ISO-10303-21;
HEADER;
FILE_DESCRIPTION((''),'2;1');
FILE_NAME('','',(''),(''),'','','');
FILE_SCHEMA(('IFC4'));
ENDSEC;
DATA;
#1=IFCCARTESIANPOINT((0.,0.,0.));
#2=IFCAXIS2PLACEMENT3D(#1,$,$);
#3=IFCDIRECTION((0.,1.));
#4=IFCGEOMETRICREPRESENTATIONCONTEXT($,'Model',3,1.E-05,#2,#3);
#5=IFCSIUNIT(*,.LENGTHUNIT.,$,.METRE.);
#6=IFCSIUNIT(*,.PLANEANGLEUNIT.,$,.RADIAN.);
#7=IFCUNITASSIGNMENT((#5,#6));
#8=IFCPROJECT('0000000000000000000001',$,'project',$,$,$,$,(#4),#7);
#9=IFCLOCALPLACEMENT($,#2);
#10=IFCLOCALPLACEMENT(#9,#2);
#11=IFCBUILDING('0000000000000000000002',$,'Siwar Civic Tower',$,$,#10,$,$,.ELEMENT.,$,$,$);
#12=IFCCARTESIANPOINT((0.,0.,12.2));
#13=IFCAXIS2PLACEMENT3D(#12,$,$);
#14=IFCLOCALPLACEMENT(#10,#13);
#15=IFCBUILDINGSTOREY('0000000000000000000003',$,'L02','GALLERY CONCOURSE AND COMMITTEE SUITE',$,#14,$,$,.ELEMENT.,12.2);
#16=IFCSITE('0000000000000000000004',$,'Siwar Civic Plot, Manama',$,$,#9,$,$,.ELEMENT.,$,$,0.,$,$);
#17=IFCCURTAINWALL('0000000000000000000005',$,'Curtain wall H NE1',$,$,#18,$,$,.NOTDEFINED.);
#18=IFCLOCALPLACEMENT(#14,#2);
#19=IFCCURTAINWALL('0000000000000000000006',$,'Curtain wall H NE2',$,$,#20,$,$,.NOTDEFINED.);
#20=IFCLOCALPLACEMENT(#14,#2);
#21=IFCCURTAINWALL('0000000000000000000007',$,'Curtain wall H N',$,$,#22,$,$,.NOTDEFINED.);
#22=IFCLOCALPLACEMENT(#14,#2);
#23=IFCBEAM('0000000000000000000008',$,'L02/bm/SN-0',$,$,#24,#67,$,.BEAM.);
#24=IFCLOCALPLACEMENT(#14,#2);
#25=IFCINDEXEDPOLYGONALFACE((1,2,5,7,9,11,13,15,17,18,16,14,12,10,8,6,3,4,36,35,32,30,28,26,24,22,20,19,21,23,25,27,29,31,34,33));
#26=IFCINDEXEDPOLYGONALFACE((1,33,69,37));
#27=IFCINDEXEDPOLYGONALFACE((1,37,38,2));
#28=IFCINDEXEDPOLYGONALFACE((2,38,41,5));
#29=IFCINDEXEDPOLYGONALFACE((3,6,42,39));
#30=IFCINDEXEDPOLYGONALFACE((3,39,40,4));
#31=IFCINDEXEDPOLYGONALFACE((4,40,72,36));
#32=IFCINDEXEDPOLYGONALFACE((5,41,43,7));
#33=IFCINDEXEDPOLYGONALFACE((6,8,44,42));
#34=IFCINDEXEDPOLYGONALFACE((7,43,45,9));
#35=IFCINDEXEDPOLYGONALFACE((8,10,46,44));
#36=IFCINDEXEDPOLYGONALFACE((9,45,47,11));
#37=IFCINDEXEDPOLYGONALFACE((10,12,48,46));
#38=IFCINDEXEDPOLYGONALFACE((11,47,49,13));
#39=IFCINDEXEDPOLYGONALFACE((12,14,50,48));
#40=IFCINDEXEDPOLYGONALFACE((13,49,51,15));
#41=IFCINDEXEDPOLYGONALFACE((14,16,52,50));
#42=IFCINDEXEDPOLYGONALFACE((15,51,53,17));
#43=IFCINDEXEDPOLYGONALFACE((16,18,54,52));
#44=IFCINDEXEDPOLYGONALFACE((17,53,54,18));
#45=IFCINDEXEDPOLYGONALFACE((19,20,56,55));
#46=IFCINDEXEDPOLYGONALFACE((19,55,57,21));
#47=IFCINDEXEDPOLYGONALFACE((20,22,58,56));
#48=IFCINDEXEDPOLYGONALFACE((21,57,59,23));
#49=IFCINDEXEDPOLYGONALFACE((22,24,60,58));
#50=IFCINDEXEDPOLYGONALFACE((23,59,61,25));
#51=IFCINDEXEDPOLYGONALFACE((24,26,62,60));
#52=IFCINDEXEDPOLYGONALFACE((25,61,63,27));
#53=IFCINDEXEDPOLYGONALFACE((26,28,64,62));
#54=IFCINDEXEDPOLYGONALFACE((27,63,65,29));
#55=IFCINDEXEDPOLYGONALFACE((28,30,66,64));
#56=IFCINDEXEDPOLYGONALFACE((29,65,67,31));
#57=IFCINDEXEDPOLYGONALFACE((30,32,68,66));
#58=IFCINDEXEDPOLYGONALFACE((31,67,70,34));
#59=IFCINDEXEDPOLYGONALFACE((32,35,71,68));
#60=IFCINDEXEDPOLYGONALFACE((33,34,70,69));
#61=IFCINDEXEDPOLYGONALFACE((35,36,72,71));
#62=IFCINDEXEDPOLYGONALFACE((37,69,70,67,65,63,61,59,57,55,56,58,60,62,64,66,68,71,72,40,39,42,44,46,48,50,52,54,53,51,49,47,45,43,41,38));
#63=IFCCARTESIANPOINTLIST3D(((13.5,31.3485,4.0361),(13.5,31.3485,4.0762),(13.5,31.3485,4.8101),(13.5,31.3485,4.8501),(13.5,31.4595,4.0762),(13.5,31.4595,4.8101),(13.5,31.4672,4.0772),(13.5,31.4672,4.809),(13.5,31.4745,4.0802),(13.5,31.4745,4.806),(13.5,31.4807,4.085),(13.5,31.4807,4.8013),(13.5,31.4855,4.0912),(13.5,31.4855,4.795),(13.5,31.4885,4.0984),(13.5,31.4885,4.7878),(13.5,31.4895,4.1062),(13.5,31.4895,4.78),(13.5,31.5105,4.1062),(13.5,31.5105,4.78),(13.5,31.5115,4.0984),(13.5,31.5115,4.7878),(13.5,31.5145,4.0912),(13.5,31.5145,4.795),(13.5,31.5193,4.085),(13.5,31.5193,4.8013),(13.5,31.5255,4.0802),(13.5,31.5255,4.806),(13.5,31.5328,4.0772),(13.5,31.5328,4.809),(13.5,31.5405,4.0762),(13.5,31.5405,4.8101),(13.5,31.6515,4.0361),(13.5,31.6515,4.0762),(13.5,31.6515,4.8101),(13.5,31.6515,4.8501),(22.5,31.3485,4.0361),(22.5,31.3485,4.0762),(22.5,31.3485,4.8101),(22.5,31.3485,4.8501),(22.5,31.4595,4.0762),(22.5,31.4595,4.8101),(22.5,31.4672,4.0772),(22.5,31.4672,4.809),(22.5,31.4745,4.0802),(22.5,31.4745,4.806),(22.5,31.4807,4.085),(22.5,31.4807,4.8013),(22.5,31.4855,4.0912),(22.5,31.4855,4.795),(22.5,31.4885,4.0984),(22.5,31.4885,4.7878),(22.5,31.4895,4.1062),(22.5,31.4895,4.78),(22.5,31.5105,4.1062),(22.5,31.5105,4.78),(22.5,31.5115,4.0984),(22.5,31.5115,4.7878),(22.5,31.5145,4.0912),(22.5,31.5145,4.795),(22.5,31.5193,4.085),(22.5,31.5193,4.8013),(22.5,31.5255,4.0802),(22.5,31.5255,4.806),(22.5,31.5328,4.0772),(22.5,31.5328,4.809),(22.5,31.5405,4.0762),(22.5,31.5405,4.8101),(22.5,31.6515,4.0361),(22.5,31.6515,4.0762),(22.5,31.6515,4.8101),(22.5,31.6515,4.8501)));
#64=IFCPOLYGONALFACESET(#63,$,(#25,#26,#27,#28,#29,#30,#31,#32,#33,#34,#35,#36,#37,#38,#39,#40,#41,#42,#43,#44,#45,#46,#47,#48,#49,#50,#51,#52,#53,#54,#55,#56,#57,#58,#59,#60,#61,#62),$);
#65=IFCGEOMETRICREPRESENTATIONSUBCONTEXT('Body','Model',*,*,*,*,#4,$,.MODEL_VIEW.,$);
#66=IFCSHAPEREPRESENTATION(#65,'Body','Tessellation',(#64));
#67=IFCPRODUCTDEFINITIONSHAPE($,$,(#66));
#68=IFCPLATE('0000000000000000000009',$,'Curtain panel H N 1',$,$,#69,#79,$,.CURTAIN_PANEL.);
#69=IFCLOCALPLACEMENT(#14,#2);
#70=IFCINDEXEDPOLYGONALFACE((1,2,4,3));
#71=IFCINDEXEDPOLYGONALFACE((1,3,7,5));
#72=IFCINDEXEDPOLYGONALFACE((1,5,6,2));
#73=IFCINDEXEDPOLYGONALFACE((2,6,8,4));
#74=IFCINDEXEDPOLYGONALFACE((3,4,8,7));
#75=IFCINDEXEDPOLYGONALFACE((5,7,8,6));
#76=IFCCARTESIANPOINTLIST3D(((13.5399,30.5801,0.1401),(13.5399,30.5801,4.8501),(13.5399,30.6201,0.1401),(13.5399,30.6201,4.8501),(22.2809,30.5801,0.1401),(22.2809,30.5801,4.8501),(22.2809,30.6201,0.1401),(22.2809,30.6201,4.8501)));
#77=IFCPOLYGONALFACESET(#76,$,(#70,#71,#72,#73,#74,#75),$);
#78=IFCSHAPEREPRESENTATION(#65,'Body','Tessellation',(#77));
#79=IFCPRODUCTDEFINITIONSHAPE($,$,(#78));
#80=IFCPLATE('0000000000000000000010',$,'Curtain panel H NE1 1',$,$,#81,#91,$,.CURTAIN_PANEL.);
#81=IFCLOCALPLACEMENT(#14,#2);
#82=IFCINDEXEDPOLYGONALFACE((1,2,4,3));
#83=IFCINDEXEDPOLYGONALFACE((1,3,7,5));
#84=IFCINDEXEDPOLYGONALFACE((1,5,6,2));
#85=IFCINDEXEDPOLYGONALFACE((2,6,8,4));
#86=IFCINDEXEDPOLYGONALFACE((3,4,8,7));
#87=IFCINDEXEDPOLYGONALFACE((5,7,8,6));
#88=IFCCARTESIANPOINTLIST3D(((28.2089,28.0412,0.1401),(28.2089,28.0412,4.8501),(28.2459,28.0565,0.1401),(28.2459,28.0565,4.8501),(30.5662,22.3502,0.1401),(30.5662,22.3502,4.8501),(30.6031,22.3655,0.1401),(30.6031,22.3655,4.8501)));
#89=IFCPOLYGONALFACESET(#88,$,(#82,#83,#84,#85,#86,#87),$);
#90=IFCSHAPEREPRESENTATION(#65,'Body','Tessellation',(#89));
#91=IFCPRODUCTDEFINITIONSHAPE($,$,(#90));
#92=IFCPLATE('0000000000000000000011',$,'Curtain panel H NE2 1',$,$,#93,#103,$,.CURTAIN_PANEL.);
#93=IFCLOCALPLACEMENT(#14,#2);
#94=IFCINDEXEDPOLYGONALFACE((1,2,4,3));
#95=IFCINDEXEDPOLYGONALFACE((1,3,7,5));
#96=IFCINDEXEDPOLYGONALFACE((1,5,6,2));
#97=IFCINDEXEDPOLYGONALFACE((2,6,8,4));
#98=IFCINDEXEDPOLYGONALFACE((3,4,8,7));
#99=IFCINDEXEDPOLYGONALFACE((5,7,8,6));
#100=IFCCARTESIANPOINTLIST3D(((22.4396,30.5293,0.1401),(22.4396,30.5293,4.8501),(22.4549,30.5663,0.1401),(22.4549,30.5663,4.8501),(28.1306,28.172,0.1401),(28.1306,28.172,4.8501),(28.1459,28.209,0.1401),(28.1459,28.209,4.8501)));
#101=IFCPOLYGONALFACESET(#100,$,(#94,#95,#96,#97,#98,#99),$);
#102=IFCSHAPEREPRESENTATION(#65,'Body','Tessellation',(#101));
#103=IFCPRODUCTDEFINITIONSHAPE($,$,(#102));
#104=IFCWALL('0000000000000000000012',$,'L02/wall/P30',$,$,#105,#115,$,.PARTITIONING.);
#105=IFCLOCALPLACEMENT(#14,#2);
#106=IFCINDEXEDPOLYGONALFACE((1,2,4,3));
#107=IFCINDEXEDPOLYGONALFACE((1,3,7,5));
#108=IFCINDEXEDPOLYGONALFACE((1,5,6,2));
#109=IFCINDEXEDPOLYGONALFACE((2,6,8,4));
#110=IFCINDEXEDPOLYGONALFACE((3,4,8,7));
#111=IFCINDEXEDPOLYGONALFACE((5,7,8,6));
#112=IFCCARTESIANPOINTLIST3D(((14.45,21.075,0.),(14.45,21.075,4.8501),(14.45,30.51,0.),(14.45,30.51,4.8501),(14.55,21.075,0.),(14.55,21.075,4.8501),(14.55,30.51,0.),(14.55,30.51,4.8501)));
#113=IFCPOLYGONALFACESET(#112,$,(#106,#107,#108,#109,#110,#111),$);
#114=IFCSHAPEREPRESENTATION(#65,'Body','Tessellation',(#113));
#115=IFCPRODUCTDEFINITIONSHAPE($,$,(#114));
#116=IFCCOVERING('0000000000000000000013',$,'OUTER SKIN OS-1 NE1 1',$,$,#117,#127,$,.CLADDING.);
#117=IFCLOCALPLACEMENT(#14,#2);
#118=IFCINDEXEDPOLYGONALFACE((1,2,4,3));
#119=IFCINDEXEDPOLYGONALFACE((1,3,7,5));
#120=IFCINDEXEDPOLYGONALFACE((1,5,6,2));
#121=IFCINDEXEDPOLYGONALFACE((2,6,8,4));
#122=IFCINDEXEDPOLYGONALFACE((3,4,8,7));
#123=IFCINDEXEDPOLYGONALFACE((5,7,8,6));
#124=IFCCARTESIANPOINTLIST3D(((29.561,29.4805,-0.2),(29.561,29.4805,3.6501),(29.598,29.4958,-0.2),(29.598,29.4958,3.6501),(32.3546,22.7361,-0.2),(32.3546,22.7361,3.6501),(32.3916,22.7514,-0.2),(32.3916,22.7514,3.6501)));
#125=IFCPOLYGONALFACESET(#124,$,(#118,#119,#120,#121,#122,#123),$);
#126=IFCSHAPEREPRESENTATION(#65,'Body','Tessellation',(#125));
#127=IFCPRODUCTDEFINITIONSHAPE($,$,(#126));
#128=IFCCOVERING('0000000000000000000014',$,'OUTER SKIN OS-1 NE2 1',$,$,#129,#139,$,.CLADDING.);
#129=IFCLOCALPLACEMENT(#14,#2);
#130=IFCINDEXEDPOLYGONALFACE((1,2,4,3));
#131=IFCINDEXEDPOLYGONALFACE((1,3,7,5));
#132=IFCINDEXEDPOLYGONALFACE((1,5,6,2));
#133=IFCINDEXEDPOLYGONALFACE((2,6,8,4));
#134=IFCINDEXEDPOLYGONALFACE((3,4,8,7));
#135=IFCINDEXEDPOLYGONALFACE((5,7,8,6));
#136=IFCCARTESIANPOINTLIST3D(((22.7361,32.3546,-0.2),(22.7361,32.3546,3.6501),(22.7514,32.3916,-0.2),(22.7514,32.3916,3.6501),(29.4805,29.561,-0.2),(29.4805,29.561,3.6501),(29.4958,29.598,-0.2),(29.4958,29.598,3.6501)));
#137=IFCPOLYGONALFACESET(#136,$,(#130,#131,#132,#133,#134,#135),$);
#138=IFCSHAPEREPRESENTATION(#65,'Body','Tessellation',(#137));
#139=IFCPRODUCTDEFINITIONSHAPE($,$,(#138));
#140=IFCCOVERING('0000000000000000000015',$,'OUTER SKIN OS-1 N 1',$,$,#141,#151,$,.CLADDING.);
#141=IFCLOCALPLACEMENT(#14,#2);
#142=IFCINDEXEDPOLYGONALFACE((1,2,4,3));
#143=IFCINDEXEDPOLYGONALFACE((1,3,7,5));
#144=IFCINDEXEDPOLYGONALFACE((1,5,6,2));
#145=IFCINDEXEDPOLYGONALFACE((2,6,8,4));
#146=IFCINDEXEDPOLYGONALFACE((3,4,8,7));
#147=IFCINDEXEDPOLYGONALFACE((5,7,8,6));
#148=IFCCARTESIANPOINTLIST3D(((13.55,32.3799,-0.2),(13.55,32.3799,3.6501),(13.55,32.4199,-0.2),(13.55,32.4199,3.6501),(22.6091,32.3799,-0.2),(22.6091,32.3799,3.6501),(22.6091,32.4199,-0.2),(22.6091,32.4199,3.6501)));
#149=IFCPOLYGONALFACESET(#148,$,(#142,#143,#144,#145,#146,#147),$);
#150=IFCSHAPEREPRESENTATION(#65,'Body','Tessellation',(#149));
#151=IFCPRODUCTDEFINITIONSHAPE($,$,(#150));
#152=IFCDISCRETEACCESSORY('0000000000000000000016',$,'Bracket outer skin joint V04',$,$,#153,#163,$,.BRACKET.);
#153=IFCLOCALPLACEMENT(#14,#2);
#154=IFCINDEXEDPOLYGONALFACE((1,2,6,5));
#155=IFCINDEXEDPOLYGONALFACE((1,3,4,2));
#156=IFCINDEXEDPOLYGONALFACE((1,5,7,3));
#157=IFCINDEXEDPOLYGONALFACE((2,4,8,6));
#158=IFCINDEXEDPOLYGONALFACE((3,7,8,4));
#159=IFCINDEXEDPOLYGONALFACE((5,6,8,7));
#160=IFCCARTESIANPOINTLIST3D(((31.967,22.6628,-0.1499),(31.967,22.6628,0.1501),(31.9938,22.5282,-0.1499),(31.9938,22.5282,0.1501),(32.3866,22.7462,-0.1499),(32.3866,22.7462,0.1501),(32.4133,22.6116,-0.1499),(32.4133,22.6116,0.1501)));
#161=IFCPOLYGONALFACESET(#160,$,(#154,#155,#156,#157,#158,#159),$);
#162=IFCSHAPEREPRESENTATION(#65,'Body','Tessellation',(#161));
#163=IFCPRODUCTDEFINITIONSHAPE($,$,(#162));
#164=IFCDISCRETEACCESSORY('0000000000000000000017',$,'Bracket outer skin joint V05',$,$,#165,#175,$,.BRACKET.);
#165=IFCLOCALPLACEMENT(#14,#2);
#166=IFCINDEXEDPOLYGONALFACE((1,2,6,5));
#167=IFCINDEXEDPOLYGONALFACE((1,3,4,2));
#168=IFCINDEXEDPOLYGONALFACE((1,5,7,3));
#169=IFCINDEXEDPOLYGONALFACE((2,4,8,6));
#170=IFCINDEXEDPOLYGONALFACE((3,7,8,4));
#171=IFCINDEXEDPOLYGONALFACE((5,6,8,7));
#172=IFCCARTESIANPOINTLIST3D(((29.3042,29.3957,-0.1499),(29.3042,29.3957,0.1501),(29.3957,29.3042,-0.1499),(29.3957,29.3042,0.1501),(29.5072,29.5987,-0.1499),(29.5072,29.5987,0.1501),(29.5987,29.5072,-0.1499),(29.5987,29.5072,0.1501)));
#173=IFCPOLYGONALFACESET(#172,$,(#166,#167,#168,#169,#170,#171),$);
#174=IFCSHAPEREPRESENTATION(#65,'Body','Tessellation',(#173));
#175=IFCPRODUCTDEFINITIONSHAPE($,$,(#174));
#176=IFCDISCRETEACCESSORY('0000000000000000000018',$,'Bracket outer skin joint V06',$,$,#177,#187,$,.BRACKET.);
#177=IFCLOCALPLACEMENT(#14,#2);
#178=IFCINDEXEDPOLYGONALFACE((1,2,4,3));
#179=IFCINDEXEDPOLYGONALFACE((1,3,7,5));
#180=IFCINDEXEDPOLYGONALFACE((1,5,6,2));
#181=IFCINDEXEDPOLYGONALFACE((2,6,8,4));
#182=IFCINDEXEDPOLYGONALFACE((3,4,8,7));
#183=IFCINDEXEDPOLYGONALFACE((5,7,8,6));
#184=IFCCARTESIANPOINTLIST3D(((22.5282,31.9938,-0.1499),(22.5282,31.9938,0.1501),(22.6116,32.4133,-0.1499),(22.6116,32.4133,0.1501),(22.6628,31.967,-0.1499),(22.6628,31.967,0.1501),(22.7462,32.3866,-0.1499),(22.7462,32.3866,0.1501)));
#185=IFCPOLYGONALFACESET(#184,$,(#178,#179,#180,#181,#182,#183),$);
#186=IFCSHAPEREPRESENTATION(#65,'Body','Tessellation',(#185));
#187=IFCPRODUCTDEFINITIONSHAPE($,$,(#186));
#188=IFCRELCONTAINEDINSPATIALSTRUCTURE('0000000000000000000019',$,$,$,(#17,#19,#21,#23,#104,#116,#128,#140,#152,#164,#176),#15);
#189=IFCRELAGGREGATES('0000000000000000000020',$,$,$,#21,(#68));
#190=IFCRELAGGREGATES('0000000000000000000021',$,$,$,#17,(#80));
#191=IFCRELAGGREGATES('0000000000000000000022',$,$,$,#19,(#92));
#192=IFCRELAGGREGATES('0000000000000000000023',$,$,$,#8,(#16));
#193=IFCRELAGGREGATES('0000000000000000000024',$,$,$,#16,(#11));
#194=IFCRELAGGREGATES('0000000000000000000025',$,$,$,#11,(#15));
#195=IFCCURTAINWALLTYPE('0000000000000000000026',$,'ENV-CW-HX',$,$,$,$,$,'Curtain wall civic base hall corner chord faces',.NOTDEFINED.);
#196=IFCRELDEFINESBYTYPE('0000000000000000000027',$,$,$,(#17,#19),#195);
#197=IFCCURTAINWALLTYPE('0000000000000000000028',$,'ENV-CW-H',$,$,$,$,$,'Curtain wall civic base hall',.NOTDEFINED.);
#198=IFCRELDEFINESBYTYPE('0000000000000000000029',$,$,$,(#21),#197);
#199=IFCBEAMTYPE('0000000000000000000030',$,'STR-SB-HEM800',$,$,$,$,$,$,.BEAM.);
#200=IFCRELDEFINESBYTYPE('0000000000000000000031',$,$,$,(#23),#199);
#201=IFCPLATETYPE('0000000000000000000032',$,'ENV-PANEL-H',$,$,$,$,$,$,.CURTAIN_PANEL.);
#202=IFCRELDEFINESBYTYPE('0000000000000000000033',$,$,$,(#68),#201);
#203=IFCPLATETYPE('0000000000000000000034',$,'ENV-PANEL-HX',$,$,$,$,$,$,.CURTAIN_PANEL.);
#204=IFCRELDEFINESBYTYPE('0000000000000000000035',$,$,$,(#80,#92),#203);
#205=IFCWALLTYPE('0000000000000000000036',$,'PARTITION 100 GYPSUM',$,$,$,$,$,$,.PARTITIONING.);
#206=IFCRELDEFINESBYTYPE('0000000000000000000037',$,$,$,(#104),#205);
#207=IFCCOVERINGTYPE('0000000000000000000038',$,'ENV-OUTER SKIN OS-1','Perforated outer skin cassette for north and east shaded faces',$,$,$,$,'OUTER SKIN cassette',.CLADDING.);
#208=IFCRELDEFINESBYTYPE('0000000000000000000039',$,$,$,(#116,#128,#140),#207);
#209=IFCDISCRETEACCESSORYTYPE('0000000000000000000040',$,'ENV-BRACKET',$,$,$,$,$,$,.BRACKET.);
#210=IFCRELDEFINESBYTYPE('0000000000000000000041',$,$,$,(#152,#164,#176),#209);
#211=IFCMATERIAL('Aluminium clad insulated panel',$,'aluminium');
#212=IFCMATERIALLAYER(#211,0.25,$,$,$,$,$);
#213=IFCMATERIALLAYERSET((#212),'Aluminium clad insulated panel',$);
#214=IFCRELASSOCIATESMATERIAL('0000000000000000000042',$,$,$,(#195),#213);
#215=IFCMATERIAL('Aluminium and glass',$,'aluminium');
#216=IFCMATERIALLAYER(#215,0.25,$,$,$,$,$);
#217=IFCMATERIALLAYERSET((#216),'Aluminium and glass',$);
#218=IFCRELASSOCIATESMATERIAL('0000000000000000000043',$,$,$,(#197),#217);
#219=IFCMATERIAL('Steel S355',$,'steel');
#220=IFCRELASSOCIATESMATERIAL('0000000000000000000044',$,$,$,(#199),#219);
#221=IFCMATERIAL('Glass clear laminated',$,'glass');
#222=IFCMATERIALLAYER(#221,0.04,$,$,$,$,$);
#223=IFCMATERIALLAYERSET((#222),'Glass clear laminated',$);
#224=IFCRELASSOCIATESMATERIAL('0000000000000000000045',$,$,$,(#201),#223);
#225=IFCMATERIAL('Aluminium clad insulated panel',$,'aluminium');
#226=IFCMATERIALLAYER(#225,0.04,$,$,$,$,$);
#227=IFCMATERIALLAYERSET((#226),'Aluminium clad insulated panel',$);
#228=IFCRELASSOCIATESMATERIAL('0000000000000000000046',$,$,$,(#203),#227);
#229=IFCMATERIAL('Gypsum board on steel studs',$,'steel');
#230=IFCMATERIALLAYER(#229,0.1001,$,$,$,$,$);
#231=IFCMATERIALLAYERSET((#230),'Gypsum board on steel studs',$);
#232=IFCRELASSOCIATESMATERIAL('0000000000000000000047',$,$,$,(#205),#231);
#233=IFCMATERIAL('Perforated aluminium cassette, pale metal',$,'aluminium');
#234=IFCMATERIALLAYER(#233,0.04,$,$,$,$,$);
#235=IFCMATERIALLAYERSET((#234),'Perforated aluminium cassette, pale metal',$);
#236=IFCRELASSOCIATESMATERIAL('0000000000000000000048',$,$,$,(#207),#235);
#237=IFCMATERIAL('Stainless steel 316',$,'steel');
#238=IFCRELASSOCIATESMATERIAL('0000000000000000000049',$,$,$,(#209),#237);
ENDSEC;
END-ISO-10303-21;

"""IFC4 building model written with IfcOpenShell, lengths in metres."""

from ifc_helpers import new_model, si_unit, direction, frame, frame_2d, origin, origin_2d, place, context, subcontext, project, spatial, rectangle, i_section, extrude, material, layer, layer_set, material_profile, profile_set, type_object, element, aggregate, save


model = new_model("IFC4")

# Units and contexts
model_context = context("Model", 3, precision=1e-05, world=origin(), true_north=direction((0.0, 1.0)))
body_context = subcontext(model_context, "Body", "Model", "MODEL_VIEW")
ifc_project = project(units=[si_unit("LENGTHUNIT", "METRE"), si_unit("PLANEANGLEUNIT", "RADIAN")], contexts=[model_context])

# Site, building, storey
site_placement = place(None, origin())
site = spatial("IfcSite", under=ifc_project, at=site_placement, Name="Siwar Civic Plot, Manama", CompositionType="ELEMENT", RefElevation=0.0)
building_placement = place(site_placement, origin())
building = spatial("IfcBuilding", under=site, at=building_placement, Name="Siwar Civic Tower", CompositionType="ELEMENT")
storey_placement = place(building_placement, frame((0.0, 0.0, 12.2)))
storey = spatial("IfcBuildingStorey", under=building, at=storey_placement, Name="L02", Description="GALLERY CONCOURSE AND COMMITTEE SUITE", CompositionType="ELEMENT", Elevation=12.2)

# Curtain walls
ifc_material_1 = material(Name="Aluminium clad insulated panel", Category="aluminium")
ifc_layer_1 = layer(ifc_material_1, 0.25)
ifc_layer_set_1 = layer_set([ifc_layer_1], Name="Aluminium clad insulated panel")
curtain_wall_type_1 = type_object("IfcCurtainWallType", Name="ENV-CW-HX", ElementType="Curtain wall civic base hall corner chord faces", PredefinedType="NOTDEFINED", material=ifc_layer_set_1)
curtain_wall_1_placement = place(storey_placement, origin())
curtain_wall_1 = element("IfcCurtainWall", 1, at=curtain_wall_1_placement, inside=storey, type_object=curtain_wall_type_1, Name="Curtain wall H NE1", PredefinedType="NOTDEFINED")
curtain_wall_2_placement = place(storey_placement, origin())
curtain_wall_2 = element("IfcCurtainWall", 2, at=curtain_wall_2_placement, inside=storey, type_object=curtain_wall_type_1, Name="Curtain wall H NE2", PredefinedType="NOTDEFINED")
ifc_material_2 = material(Name="Aluminium and glass", Category="aluminium")
ifc_layer_2 = layer(ifc_material_2, 0.25)
ifc_layer_set_2 = layer_set([ifc_layer_2], Name="Aluminium and glass")
curtain_wall_type_2 = type_object("IfcCurtainWallType", Name="ENV-CW-H", ElementType="Curtain wall civic base hall", PredefinedType="NOTDEFINED", material=ifc_layer_set_2)
curtain_wall_3_placement = place(storey_placement, origin())
curtain_wall_3 = element("IfcCurtainWall", 3, at=curtain_wall_3_placement, inside=storey, type_object=curtain_wall_type_2, Name="Curtain wall H N", PredefinedType="NOTDEFINED")

# Beam
ifc_material_3 = material(Name="Steel S355", Category="steel")
ifc_material_profile_1 = material_profile(ifc_material_3, i_section(OverallWidth=0.303, OverallDepth=0.814, WebThickness=0.021, FlangeThickness=0.04, FilletRadius=0.03, at=origin_2d()), Name="HEM800")
ifc_profile_set_1 = profile_set([ifc_material_profile_1], Name="Steel S355")
beam_type_1 = type_object("IfcBeamType", Name="STR-SB-HEM800", PredefinedType="BEAM", material=ifc_profile_set_1)
beam_1_placement = place(storey_placement, frame((22.5, 31.5, 4.4431), z_axis=(-1.0, 0.0, 0.0), x_axis=(0.0, -1.0, 0.0)))
element("IfcBeam", 4, at=beam_1_placement, inside=storey, type_object=beam_type_1, Name="L02/bm/SN-0", PredefinedType="BEAM", context=body_context, shape_type="SweptSolid", body=[
    extrude(i_section(OverallWidth=0.303, OverallDepth=0.814, WebThickness=0.021, FlangeThickness=0.04, FilletRadius=0.03, at=origin_2d()), origin(), (0.0, 0.0, 1.0), 9.0),
])

# Plates
ifc_material_4 = material(Name="Glass clear laminated", Category="glass")
ifc_layer_3 = layer(ifc_material_4, 0.04)
ifc_layer_set_3 = layer_set([ifc_layer_3], Name="Glass clear laminated")
plate_type_1 = type_object("IfcPlateType", Name="ENV-PANEL-H", PredefinedType="CURTAIN_PANEL", material=ifc_layer_set_3)
plate_1_placement = place(storey_placement, frame((17.9104, 30.6001, 0.1401), z_axis=(0.0, 0.0, 1.0), x_axis=(-1.0, 0.0, 0.0)))
plate_1 = element("IfcPlate", 5, at=plate_1_placement, type_object=plate_type_1, Name="Curtain panel H N 1", PredefinedType="CURTAIN_PANEL", context=body_context, shape_type="SweptSolid", body=[
    extrude(rectangle(XDim=8.741, YDim=0.04, at=origin_2d()), origin(), (0.0, 0.0, 1.0), 4.71),
])
aggregate(curtain_wall_3, [plate_1])
ifc_material_5 = material(Name="Aluminium clad insulated panel", Category="aluminium")
ifc_layer_4 = layer(ifc_material_5, 0.04)
ifc_layer_set_4 = layer_set([ifc_layer_4], Name="Aluminium clad insulated panel")
plate_type_2 = type_object("IfcPlateType", Name="ENV-PANEL-HX", PredefinedType="CURTAIN_PANEL", material=ifc_layer_set_4)
plate_2_placement = place(storey_placement, frame((29.406, 25.2034, 0.1401), z_axis=(0.0, 0.0, 1.0), x_axis=(-0.382683, 0.92388, 0.0)))
plate_2 = element("IfcPlate", 6, at=plate_2_placement, type_object=plate_type_2, Name="Curtain panel H NE1 1", PredefinedType="CURTAIN_PANEL", context=body_context, shape_type="SweptSolid", body=[
    extrude(rectangle(XDim=6.1599, YDim=0.04, at=origin_2d()), origin(), (0.0, 0.0, 1.0), 4.71),
])
aggregate(curtain_wall_1, [plate_2])
plate_3_placement = place(storey_placement, frame((25.2927, 29.3691, 0.1401), z_axis=(0.0, 0.0, 1.0), x_axis=(-0.92388, 0.382683, 0.0)))
plate_3 = element("IfcPlate", 7, at=plate_3_placement, type_object=plate_type_2, Name="Curtain panel H NE2 1", PredefinedType="CURTAIN_PANEL", context=body_context, shape_type="SweptSolid", body=[
    extrude(rectangle(XDim=6.1599, YDim=0.04, at=origin_2d()), origin(), (0.0, 0.0, 1.0), 4.71),
])
aggregate(curtain_wall_2, [plate_3])

# Wall
ifc_material_6 = material(Name="Gypsum board on steel studs", Category="steel")
ifc_layer_5 = layer(ifc_material_6, 0.1001)
ifc_layer_set_5 = layer_set([ifc_layer_5], Name="Gypsum board on steel studs")
wall_type = type_object("IfcWallType", Name="PARTITION 100 GYPSUM", PredefinedType="PARTITIONING", material=ifc_layer_set_5)
wall_placement = place(storey_placement, frame((14.5, 21.075, 0.0), z_axis=(0.0, 0.0, 1.0), x_axis=(0.0, 1.0, 0.0)))
element("IfcWall", 8, at=wall_placement, inside=storey, type_object=wall_type, Name="L02/wall/P30", PredefinedType="PARTITIONING", context=body_context, shape_type="SweptSolid", body=[
    extrude(rectangle(XDim=9.4351, YDim=0.1001, at=frame_2d((4.7175, 0.0))), origin(), (0.0, 0.0, 1.0), 4.8501),
])

# Coverings
ifc_material_7 = material(Name="Perforated aluminium cassette, pale metal", Category="aluminium")
ifc_layer_6 = layer(ifc_material_7, 0.04)
ifc_layer_set_6 = layer_set([ifc_layer_6], Name="Perforated aluminium cassette, pale metal")
covering_type = type_object("IfcCoveringType", Name="ENV-OUTER SKIN OS-1", Description="Perforated outer skin cassette for north and east shaded faces", ElementType="OUTER SKIN cassette", PredefinedType="CLADDING", material=ifc_layer_set_6)
for number, where, z_axis, x_axis, name in (
    (9, (30.9763, 26.116, -0.2), (0.0, 0.0, 1.0), (-0.382683, 0.92388, 0.0), "OUTER SKIN OS-1 NE1 1"),
    (10, (26.116, 30.9763, -0.2), (0.0, 0.0, 1.0), (-0.92388, 0.382683, 0.0), "OUTER SKIN OS-1 NE2 1"),
):
    element("IfcCovering", number, at=place(storey_placement, frame(where, z_axis=z_axis, x_axis=x_axis)), inside=storey, type_object=covering_type, Name=name, PredefinedType="CLADDING", context=body_context, shape_type="SweptSolid", body=[
        extrude(rectangle(XDim=7.3, YDim=0.04, at=origin_2d()), origin(), (0.0, 0.0, 1.0), 3.8501),
    ])
covering_placement = place(storey_placement, frame((18.0796, 32.3999, -0.2), z_axis=(0.0, 0.0, 1.0), x_axis=(-1.0, 0.0, 0.0)))
element("IfcCovering", 11, at=covering_placement, inside=storey, type_object=covering_type, Name="OUTER SKIN OS-1 N 1", PredefinedType="CLADDING", context=body_context, shape_type="SweptSolid", body=[
    extrude(rectangle(XDim=9.0591, YDim=0.04, at=origin_2d()), origin(), (0.0, 0.0, 1.0), 3.8501),
])

# Discrete accessories
ifc_material_8 = material(Name="Stainless steel 316", Category="steel")
discrete_accessory_type = type_object("IfcDiscreteAccessoryType", Name="ENV-BRACKET", PredefinedType="BRACKET", material=ifc_material_8)
discrete_accessory_1_placement = place(storey_placement, frame((32.1902, 22.6372, -0.1499), z_axis=(0.0, 0.0, 1.0), x_axis=(0.980785, 0.19509, 0.0)))
element("IfcDiscreteAccessory", 12, at=discrete_accessory_1_placement, inside=storey, type_object=discrete_accessory_type, Name="Bracket outer skin joint V04", PredefinedType="BRACKET", context=body_context, shape_type="SweptSolid", body=[
    extrude(rectangle(XDim=0.4277, YDim=0.1372, at=origin_2d()), origin(), (0.0, 0.0, 1.0), 0.3),
])
discrete_accessory_2_placement = place(storey_placement, frame((29.4514, 29.4514, -0.1499), z_axis=(0.0, 0.0, 1.0), x_axis=(0.707107, 0.707107, 0.0)))
element("IfcDiscreteAccessory", 13, at=discrete_accessory_2_placement, inside=storey, type_object=discrete_accessory_type, Name="Bracket outer skin joint V05", PredefinedType="BRACKET", context=body_context, shape_type="SweptSolid", body=[
    extrude(rectangle(XDim=0.2871, YDim=0.1294, at=origin_2d()), origin(), (0.0, 0.0, 1.0), 0.3),
])
discrete_accessory_3_placement = place(storey_placement, frame((22.6372, 32.1902, -0.1499), z_axis=(0.0, 0.0, 1.0), x_axis=(0.19509, 0.980785, 0.0)))
element("IfcDiscreteAccessory", 14, at=discrete_accessory_3_placement, inside=storey, type_object=discrete_accessory_type, Name="Bracket outer skin joint V06", PredefinedType="BRACKET", context=body_context, shape_type="SweptSolid", body=[
    extrude(rectangle(XDim=0.4277, YDim=0.1372, at=origin_2d()), origin(), (0.0, 0.0, 1.0), 0.3),
])

save(model, "model.ifc")
